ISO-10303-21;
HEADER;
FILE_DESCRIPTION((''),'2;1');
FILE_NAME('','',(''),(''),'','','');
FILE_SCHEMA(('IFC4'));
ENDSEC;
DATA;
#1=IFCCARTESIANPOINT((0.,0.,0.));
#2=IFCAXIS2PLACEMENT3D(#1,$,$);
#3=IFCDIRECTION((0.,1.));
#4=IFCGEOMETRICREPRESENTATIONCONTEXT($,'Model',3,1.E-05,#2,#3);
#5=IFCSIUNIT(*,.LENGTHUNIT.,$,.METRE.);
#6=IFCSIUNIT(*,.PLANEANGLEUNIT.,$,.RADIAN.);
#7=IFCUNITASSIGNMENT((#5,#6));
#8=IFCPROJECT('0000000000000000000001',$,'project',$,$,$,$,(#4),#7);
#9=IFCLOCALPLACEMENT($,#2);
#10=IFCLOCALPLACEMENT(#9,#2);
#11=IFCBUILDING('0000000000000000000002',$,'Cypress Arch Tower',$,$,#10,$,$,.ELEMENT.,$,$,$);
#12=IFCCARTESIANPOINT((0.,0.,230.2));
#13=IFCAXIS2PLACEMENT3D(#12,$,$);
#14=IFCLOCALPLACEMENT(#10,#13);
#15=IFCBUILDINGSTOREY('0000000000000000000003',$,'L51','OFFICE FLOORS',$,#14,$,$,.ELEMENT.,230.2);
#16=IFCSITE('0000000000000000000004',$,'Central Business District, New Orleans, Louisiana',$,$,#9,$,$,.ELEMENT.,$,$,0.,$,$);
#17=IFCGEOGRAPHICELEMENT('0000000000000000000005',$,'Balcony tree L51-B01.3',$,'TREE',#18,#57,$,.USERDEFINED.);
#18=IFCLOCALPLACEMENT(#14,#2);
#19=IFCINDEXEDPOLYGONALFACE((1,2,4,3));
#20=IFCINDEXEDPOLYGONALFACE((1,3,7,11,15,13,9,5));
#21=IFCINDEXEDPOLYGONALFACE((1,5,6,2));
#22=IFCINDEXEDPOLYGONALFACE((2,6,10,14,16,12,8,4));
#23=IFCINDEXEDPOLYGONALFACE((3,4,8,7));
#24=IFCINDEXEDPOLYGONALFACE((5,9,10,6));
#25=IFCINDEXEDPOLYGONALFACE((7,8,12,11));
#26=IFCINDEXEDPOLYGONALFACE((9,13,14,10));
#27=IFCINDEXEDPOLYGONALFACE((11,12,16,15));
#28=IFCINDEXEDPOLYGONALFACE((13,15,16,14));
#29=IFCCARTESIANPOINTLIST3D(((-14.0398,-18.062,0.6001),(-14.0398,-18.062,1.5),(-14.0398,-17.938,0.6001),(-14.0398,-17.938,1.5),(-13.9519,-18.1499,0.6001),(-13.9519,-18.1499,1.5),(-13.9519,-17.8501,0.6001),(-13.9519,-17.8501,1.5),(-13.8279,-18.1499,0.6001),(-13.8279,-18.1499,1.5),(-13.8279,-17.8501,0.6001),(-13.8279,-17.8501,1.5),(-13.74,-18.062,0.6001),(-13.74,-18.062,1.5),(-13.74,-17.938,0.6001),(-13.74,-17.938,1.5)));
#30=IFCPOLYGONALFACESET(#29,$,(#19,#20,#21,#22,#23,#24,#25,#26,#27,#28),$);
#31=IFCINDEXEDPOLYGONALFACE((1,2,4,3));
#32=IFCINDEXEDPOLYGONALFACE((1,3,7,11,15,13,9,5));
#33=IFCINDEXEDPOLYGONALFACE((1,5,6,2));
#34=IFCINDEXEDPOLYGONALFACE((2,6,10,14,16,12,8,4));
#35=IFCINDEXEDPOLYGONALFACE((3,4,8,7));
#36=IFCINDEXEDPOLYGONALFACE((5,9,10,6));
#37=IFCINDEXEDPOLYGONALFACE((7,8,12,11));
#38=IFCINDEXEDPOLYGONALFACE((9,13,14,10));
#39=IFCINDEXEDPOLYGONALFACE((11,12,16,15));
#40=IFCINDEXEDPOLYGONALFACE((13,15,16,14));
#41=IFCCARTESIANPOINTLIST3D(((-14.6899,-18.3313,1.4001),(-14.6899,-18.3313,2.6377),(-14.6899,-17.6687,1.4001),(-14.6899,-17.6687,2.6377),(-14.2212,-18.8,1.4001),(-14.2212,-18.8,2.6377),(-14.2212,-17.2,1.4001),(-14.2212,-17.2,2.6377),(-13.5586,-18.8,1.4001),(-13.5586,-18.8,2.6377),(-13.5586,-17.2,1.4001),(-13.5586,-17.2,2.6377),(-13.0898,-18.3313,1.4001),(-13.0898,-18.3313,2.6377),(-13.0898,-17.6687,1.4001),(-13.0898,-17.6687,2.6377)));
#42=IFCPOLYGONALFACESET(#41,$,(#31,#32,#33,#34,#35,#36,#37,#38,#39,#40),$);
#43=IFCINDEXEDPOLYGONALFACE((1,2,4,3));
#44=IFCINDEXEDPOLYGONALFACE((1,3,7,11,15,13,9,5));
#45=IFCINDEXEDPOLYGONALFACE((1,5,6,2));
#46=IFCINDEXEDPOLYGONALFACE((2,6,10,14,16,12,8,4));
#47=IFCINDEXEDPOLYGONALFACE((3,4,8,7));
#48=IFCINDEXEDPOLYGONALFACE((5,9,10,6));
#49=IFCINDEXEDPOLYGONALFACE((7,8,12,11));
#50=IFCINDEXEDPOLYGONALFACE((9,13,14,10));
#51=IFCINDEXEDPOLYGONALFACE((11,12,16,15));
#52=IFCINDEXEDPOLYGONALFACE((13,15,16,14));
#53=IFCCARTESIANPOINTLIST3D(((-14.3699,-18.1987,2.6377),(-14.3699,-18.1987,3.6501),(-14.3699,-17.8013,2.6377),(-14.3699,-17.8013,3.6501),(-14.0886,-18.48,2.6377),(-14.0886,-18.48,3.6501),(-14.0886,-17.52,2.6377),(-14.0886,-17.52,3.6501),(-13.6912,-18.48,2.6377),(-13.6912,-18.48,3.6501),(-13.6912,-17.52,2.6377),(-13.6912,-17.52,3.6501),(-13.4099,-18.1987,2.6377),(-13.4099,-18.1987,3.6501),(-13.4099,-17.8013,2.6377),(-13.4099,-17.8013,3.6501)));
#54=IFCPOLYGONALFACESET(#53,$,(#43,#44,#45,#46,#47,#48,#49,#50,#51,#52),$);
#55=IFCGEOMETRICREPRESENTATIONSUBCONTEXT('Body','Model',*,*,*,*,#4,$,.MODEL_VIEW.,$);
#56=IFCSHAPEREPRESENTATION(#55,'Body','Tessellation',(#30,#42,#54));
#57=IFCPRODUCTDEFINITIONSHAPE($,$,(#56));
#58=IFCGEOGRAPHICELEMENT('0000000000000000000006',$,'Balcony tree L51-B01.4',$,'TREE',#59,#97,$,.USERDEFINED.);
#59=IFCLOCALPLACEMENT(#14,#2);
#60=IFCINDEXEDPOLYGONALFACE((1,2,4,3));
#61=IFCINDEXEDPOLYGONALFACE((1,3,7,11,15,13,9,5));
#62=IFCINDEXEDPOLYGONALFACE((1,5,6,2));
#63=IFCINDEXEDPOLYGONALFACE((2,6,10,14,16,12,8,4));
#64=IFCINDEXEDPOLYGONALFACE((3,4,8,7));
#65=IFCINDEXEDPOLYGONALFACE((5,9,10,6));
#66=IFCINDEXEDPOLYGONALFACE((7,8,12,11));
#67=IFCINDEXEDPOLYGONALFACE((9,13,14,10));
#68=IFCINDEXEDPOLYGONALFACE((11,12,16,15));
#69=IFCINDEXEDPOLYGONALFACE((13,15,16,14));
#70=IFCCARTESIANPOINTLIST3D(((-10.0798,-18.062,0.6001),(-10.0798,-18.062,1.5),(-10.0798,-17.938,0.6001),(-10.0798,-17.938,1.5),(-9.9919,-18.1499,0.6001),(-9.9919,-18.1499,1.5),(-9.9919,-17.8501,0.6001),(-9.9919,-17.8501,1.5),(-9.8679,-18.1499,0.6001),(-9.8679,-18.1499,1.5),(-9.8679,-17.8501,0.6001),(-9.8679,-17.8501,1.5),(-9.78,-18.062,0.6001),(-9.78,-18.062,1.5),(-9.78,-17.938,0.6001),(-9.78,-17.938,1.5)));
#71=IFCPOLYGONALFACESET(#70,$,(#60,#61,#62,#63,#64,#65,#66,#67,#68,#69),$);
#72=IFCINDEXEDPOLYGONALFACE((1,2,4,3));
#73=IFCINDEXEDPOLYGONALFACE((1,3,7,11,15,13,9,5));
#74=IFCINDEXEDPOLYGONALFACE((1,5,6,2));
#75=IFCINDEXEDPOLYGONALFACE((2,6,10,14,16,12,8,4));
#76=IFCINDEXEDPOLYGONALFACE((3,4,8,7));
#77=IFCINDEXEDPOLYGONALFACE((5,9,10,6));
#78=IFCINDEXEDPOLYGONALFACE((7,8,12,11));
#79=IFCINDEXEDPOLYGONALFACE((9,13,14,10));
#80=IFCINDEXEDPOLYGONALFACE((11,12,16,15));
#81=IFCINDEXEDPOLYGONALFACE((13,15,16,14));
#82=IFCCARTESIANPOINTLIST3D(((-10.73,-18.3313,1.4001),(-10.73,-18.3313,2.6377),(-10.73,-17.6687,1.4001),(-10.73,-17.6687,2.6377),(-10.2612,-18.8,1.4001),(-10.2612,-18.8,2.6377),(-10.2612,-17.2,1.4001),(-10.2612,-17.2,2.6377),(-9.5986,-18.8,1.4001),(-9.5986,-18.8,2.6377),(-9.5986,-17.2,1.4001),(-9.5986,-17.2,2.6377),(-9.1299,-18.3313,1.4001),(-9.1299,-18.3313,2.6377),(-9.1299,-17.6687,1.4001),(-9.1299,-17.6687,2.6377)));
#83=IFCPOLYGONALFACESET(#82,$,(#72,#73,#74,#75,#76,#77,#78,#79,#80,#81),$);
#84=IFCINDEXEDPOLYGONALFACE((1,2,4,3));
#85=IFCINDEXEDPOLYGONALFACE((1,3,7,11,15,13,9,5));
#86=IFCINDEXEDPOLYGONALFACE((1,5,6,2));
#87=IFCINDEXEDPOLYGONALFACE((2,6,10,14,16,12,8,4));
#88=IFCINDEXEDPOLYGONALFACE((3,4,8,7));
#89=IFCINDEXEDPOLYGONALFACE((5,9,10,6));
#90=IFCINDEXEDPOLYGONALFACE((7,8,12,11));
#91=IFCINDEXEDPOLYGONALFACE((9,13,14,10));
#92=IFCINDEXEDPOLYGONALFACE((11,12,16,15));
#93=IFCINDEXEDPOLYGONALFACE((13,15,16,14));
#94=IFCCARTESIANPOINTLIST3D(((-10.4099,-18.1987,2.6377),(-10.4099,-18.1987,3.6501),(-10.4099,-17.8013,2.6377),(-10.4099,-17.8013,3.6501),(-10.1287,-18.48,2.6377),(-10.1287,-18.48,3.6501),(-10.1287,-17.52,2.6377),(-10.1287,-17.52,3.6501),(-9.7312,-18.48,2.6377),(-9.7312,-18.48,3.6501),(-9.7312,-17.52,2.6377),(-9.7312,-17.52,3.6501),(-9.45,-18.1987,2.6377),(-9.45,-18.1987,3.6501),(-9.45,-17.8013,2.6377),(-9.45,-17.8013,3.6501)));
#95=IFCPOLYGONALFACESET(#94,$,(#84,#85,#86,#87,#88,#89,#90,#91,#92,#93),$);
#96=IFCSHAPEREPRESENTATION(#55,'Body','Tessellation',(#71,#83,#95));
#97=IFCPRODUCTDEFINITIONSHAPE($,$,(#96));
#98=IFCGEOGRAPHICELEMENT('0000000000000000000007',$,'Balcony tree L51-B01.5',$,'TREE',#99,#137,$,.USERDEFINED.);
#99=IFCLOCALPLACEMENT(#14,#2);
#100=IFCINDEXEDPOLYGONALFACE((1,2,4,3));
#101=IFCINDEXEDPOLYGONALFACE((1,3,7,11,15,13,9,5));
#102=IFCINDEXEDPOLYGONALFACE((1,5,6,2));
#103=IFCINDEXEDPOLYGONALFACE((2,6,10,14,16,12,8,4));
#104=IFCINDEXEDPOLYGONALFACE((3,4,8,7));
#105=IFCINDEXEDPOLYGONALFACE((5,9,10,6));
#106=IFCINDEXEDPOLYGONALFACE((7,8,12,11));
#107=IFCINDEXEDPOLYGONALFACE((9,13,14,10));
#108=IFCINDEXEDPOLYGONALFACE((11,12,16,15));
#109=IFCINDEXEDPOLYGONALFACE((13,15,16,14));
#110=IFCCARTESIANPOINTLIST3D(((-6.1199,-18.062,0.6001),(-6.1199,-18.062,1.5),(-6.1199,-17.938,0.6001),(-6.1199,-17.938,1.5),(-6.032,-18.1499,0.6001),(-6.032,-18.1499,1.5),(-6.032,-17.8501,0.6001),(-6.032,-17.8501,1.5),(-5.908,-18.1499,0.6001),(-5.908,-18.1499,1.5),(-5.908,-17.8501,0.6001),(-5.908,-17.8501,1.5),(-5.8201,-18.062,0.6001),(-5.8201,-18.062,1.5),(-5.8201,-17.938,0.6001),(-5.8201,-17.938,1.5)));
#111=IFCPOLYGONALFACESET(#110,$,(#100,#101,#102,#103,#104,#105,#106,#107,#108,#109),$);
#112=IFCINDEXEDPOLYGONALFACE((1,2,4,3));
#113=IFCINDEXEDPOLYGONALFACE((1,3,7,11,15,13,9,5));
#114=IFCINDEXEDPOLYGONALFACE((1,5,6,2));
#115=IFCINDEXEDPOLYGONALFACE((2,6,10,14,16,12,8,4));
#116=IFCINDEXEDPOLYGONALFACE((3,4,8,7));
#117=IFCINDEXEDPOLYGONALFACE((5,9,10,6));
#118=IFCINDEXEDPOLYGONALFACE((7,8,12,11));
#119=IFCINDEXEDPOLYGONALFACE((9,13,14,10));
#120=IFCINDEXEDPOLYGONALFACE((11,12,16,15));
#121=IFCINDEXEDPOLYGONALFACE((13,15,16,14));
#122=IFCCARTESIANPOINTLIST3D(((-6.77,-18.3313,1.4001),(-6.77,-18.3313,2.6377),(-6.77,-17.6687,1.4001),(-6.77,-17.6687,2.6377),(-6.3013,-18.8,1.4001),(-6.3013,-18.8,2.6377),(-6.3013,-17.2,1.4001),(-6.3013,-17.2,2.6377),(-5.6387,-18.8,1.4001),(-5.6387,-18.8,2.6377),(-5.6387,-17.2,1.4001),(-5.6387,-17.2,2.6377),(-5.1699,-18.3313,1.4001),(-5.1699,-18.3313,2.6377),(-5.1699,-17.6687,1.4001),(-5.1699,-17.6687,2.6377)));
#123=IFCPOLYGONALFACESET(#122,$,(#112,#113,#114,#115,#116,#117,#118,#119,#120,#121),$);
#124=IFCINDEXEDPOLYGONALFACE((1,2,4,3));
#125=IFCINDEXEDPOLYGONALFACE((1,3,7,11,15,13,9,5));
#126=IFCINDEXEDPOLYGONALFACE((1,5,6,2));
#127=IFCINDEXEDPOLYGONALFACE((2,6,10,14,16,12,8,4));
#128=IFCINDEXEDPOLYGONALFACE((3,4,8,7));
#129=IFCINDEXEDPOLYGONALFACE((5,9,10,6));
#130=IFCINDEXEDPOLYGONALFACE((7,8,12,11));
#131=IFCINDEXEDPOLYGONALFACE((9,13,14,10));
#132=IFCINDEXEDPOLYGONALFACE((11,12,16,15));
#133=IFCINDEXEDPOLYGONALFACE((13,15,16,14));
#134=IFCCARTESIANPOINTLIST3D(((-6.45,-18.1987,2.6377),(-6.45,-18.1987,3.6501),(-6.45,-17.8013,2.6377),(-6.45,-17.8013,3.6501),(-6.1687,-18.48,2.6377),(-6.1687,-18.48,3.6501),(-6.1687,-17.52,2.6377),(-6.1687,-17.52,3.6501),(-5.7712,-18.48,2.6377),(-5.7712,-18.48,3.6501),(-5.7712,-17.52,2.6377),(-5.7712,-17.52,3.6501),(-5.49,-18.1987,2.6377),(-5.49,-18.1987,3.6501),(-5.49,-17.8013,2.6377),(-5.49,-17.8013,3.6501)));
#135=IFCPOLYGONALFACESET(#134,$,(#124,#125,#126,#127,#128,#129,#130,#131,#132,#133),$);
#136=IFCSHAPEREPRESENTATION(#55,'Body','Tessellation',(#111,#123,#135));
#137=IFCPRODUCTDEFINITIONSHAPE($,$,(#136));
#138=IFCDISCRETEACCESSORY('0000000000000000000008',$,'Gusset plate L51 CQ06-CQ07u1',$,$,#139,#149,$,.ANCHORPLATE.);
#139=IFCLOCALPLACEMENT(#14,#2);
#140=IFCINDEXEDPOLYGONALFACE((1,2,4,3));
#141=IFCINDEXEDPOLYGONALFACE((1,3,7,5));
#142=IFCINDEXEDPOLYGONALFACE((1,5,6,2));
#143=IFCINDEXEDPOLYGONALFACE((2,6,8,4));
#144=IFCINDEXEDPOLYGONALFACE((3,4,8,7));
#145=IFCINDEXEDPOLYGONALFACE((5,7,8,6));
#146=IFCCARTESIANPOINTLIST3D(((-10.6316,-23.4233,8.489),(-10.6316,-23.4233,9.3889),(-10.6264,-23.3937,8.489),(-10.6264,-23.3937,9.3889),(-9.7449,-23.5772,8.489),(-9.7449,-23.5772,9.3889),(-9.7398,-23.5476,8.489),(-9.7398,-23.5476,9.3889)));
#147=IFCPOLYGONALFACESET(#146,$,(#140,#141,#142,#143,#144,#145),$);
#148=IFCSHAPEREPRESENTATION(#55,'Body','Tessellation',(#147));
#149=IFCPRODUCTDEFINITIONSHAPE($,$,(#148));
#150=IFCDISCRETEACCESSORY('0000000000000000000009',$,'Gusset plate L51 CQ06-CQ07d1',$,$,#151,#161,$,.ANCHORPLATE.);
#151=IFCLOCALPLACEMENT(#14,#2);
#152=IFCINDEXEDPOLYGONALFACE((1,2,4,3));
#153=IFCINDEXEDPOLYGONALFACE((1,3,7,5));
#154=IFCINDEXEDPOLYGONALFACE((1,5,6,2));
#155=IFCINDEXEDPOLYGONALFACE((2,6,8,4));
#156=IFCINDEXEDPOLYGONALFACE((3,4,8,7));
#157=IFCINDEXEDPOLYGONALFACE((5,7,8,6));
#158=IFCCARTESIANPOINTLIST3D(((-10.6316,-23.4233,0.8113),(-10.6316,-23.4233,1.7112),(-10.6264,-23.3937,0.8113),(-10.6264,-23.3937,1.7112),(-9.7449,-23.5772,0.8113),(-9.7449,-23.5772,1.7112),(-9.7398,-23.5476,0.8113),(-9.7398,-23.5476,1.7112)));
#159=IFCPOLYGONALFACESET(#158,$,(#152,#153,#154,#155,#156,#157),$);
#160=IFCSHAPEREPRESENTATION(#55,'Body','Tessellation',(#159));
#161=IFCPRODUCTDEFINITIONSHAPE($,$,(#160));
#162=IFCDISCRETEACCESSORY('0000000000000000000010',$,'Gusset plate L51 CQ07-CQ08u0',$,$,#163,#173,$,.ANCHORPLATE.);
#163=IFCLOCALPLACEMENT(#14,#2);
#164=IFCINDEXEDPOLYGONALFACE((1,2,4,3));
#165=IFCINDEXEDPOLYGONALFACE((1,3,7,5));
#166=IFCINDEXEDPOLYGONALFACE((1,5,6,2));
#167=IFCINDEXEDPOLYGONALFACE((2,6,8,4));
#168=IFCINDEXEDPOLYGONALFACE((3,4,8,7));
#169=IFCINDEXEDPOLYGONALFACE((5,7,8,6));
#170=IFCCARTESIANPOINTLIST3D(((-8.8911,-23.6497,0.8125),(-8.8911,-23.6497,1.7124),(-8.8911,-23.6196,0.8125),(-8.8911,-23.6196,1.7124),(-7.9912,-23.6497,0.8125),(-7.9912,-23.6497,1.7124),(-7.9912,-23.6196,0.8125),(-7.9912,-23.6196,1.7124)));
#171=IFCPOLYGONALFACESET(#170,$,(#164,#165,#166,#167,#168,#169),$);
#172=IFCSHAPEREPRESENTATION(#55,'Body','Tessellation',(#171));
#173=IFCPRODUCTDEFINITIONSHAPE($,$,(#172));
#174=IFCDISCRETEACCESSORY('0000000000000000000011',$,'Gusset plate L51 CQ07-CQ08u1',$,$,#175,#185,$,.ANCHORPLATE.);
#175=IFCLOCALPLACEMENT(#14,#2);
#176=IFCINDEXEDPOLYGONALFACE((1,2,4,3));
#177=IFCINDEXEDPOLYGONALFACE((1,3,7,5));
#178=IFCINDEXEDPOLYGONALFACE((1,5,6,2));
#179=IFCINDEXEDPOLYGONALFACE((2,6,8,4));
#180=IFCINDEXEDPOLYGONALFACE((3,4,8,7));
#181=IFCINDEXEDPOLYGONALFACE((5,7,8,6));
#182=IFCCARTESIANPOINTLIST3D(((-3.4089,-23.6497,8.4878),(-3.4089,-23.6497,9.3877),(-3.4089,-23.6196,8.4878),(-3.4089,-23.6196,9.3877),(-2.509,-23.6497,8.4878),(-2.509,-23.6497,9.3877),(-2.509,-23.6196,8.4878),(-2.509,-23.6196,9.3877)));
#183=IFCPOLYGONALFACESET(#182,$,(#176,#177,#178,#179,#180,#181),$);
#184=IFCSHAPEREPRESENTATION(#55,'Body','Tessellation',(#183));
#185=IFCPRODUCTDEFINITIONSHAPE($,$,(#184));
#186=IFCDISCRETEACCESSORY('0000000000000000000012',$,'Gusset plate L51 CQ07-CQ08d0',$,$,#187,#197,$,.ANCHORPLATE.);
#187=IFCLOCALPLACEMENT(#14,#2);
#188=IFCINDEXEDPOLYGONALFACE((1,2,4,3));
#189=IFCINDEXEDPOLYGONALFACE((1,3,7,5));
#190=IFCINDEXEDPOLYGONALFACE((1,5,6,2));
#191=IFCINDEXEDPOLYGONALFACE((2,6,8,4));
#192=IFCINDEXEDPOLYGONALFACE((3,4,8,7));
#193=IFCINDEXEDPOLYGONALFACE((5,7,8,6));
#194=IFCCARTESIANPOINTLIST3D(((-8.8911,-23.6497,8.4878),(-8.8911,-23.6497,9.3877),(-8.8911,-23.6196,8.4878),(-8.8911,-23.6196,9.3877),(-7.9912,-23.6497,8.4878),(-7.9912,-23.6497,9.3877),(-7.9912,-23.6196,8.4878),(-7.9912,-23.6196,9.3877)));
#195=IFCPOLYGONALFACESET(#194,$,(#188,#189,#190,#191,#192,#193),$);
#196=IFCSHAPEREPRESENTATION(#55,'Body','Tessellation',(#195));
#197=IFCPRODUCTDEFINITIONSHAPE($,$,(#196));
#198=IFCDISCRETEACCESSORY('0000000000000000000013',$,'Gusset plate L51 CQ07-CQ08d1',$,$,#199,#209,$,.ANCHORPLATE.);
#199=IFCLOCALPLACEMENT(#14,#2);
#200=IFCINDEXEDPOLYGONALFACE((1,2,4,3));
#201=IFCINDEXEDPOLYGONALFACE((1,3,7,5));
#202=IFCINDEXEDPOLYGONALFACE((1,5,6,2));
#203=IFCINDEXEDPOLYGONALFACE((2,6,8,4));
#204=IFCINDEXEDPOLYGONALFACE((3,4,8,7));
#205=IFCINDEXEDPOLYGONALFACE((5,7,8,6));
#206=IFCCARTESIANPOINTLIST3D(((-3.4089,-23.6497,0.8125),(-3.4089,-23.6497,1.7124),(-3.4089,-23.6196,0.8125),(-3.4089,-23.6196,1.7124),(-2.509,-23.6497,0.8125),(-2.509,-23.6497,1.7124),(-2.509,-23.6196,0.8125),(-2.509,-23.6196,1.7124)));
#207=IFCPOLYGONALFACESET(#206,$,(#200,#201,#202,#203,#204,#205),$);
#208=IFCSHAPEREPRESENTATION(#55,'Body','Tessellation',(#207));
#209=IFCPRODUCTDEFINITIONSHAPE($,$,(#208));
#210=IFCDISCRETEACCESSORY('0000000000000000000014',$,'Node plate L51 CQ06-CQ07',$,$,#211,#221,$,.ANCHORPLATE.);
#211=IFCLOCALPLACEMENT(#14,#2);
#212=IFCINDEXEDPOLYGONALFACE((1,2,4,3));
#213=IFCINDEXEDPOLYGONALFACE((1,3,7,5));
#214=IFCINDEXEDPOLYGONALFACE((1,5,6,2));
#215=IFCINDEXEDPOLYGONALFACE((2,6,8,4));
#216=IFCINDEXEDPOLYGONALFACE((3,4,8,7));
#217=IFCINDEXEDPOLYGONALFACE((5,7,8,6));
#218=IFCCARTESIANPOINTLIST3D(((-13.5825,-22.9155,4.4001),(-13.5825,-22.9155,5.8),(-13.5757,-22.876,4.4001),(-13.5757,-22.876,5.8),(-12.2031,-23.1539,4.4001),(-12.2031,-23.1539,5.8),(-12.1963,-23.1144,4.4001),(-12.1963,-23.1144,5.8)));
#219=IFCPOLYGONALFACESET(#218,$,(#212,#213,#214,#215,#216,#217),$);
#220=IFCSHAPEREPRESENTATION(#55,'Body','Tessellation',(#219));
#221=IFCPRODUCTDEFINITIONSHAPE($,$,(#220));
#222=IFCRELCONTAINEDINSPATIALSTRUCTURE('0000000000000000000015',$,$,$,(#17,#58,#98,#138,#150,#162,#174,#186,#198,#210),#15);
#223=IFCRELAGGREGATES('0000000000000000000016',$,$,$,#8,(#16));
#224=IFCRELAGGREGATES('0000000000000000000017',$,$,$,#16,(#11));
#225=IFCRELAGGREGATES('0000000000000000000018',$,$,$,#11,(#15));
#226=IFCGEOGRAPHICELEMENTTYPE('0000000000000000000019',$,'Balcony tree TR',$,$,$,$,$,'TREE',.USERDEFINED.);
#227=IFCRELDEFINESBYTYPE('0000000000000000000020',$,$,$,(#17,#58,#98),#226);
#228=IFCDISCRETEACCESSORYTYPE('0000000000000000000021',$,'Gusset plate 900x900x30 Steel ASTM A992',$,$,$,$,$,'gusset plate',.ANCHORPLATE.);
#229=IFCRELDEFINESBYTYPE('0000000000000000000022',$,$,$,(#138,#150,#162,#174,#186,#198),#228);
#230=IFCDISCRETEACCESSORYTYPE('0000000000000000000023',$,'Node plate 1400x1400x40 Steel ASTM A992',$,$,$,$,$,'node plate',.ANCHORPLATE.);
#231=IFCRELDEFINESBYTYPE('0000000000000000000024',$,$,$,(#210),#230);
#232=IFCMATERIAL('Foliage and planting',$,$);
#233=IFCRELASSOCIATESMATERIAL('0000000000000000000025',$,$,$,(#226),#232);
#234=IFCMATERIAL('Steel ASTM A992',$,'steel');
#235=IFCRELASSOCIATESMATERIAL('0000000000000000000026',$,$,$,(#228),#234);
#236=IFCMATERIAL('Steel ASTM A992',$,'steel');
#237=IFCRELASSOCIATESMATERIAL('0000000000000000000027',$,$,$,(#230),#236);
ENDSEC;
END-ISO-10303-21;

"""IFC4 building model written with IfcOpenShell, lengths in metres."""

from ifc_helpers import new_model, si_unit, direction, frame, origin, origin_2d, place, context, subcontext, project, spatial, polyline, rectangle, outline, extrude, material, material_profile, profile_set, type_object, element, save


model = new_model("IFC4")

# Units and contexts
model_context = context("Model", 3, precision=1e-05, world=origin(), true_north=direction((0.0, 1.0)))
body_context = subcontext(model_context, "Body", "Model", "MODEL_VIEW")
ifc_project = project(units=[si_unit("LENGTHUNIT", "METRE"), si_unit("PLANEANGLEUNIT", "RADIAN")], contexts=[model_context])

# Site, building, storey
site_placement = place(None, origin())
site = spatial("IfcSite", under=ifc_project, at=site_placement, Name="Central Business District, New Orleans, Louisiana", CompositionType="ELEMENT", RefElevation=0.0)
building_placement = place(site_placement, origin())
building = spatial("IfcBuilding", under=site, at=building_placement, Name="Cypress Arch Tower", CompositionType="ELEMENT")
storey_placement = place(building_placement, frame((0.0, 0.0, 230.2)))
storey = spatial("IfcBuildingStorey", under=building, at=storey_placement, Name="L51", Description="OFFICE FLOORS", CompositionType="ELEMENT", Elevation=230.2)

# Geographic elements
ifc_material_1 = material(Name="Foliage and planting")
geographic_element_type = type_object("IfcGeographicElementType", Name="Balcony tree TR", ElementType="TREE", PredefinedType="USERDEFINED", material=ifc_material_1)
for number, where, z_axis, x_axis, name in (
    (1, (-13.8899, -18.0, 0.6001), (0.0, 0.0, 1.0), (1.0, 0.0, 0.0), "Balcony tree L51-B01.3"),
    (2, (-9.9299, -18.0, 0.6001), (0.0, 0.0, 1.0), (1.0, 0.0, 0.0), "Balcony tree L51-B01.4"),
    (3, (-5.97, -18.0, 0.6001), (0.0, 0.0, 1.0), (1.0, 0.0, 0.0), "Balcony tree L51-B01.5"),
):
    element("IfcGeographicElement", number, at=place(storey_placement, frame(where, z_axis=z_axis, x_axis=x_axis)), inside=storey, type_object=geographic_element_type, Name=name, ObjectType="TREE", PredefinedType="USERDEFINED", context=body_context, shape_type="SweptSolid", body=[
        extrude(outline(polyline([(0.1499, 0.062), (0.062, 0.1499), (-0.062, 0.1499), (-0.1499, 0.062), (-0.1499, -0.062), (-0.062, -0.1499), (0.062, -0.1499), (0.1499, -0.062), (0.1499, 0.062)])), origin(), (0.0, 0.0, 1.0), 0.8999),
        extrude(outline(polyline([(0.8, 0.3313), (0.3313, 0.8), (-0.3313, 0.8), (-0.8, 0.3313), (-0.8, -0.3313), (-0.3313, -0.8), (0.3313, -0.8), (0.8, -0.3313), (0.8, 0.3313)])), frame((0.0, 0.0, 0.8)), (0.0, 0.0, 1.0), 1.2375),
        extrude(outline(polyline([(0.48, 0.1987), (0.1987, 0.48), (-0.1987, 0.48), (-0.48, 0.1987), (-0.48, -0.1987), (-0.1987, -0.48), (0.1987, -0.48), (0.48, -0.1987), (0.48, 0.1987)])), frame((0.0, 0.0, 2.0376)), (0.0, 0.0, 1.0), 1.0125),
    ])

# Discrete accessories
ifc_material_2 = material(Name="Steel ASTM A992", Category="steel")
ifc_material_profile_1 = material_profile(ifc_material_2, rectangle(XDim=0.8999, YDim=0.8999, at=origin_2d()), Name="PL 30 900x900")
ifc_profile_set_1 = profile_set([ifc_material_profile_1], Name="Steel ASTM A992")
discrete_accessory_type_1 = type_object("IfcDiscreteAccessoryType", Name="Gusset plate 900x900x30 Steel ASTM A992", ElementType="gusset plate", PredefinedType="ANCHORPLATE", material=ifc_profile_set_1)
for number, where, z_axis, x_axis, name in (
    (4, (-10.1882, -23.5002, 8.939), (0.170998, 0.985271, 0.0), (-0.985271, 0.170998, 0.0), "Gusset plate L51 CQ06-CQ07u1"),
    (5, (-10.1882, -23.5002, 1.2612), (0.170998, 0.985271, 0.0), (-0.985271, 0.170998, 0.0), "Gusset plate L51 CQ06-CQ07d1"),
    (6, (-8.4412, -23.6497, 1.2625), (0.0, 1.0, 0.0), (-1.0, 0.0, 0.0), "Gusset plate L51 CQ07-CQ08u0"),
    (7, (-2.959, -23.6497, 8.9377), (0.0, 1.0, 0.0), (-1.0, 0.0, 0.0), "Gusset plate L51 CQ07-CQ08u1"),
    (8, (-8.4412, -23.6497, 8.9377), (0.0, 1.0, 0.0), (-1.0, 0.0, 0.0), "Gusset plate L51 CQ07-CQ08d0"),
    (9, (-2.959, -23.6497, 1.2625), (0.0, 1.0, 0.0), (-1.0, 0.0, 0.0), "Gusset plate L51 CQ07-CQ08d1"),
):
    element("IfcDiscreteAccessory", number, at=place(storey_placement, frame(where, z_axis=z_axis, x_axis=x_axis)), inside=storey, type_object=discrete_accessory_type_1, Name=name, PredefinedType="ANCHORPLATE", context=body_context, shape_type="SweptSolid", body=[
        extrude(rectangle(XDim=0.8999, YDim=0.8999, at=origin_2d()), origin(), (0.0, 0.0, 1.0), 0.03),
    ])
ifc_material_3 = material(Name="Steel ASTM A992", Category="steel")
ifc_material_profile_2 = material_profile(ifc_material_3, rectangle(XDim=1.3999, YDim=1.3999, at=origin_2d()), Name="PL 40 1400x1400")
ifc_profile_set_2 = profile_set([ifc_material_profile_2], Name="Steel ASTM A992")
discrete_accessory_type_2 = type_object("IfcDiscreteAccessoryType", Name="Node plate 1400x1400x40 Steel ASTM A992", ElementType="node plate", PredefinedType="ANCHORPLATE", material=ifc_profile_set_2)
for number, where, z_axis, x_axis, name in (
    (10, (-12.8928, -23.0347, 5.1001), (0.170314, 0.98539, 0.0), (-0.98539, 0.170314, 0.0), "Node plate L51 CQ06-CQ07"),
):
    element("IfcDiscreteAccessory", number, at=place(storey_placement, frame(where, z_axis=z_axis, x_axis=x_axis)), inside=storey, type_object=discrete_accessory_type_2, Name=name, PredefinedType="ANCHORPLATE", context=body_context, shape_type="SweptSolid", body=[
        extrude(rectangle(XDim=1.3999, YDim=1.3999, at=origin_2d()), origin(), (0.0, 0.0, 1.0), 0.04),
    ])

save(model, "model.ifc")
